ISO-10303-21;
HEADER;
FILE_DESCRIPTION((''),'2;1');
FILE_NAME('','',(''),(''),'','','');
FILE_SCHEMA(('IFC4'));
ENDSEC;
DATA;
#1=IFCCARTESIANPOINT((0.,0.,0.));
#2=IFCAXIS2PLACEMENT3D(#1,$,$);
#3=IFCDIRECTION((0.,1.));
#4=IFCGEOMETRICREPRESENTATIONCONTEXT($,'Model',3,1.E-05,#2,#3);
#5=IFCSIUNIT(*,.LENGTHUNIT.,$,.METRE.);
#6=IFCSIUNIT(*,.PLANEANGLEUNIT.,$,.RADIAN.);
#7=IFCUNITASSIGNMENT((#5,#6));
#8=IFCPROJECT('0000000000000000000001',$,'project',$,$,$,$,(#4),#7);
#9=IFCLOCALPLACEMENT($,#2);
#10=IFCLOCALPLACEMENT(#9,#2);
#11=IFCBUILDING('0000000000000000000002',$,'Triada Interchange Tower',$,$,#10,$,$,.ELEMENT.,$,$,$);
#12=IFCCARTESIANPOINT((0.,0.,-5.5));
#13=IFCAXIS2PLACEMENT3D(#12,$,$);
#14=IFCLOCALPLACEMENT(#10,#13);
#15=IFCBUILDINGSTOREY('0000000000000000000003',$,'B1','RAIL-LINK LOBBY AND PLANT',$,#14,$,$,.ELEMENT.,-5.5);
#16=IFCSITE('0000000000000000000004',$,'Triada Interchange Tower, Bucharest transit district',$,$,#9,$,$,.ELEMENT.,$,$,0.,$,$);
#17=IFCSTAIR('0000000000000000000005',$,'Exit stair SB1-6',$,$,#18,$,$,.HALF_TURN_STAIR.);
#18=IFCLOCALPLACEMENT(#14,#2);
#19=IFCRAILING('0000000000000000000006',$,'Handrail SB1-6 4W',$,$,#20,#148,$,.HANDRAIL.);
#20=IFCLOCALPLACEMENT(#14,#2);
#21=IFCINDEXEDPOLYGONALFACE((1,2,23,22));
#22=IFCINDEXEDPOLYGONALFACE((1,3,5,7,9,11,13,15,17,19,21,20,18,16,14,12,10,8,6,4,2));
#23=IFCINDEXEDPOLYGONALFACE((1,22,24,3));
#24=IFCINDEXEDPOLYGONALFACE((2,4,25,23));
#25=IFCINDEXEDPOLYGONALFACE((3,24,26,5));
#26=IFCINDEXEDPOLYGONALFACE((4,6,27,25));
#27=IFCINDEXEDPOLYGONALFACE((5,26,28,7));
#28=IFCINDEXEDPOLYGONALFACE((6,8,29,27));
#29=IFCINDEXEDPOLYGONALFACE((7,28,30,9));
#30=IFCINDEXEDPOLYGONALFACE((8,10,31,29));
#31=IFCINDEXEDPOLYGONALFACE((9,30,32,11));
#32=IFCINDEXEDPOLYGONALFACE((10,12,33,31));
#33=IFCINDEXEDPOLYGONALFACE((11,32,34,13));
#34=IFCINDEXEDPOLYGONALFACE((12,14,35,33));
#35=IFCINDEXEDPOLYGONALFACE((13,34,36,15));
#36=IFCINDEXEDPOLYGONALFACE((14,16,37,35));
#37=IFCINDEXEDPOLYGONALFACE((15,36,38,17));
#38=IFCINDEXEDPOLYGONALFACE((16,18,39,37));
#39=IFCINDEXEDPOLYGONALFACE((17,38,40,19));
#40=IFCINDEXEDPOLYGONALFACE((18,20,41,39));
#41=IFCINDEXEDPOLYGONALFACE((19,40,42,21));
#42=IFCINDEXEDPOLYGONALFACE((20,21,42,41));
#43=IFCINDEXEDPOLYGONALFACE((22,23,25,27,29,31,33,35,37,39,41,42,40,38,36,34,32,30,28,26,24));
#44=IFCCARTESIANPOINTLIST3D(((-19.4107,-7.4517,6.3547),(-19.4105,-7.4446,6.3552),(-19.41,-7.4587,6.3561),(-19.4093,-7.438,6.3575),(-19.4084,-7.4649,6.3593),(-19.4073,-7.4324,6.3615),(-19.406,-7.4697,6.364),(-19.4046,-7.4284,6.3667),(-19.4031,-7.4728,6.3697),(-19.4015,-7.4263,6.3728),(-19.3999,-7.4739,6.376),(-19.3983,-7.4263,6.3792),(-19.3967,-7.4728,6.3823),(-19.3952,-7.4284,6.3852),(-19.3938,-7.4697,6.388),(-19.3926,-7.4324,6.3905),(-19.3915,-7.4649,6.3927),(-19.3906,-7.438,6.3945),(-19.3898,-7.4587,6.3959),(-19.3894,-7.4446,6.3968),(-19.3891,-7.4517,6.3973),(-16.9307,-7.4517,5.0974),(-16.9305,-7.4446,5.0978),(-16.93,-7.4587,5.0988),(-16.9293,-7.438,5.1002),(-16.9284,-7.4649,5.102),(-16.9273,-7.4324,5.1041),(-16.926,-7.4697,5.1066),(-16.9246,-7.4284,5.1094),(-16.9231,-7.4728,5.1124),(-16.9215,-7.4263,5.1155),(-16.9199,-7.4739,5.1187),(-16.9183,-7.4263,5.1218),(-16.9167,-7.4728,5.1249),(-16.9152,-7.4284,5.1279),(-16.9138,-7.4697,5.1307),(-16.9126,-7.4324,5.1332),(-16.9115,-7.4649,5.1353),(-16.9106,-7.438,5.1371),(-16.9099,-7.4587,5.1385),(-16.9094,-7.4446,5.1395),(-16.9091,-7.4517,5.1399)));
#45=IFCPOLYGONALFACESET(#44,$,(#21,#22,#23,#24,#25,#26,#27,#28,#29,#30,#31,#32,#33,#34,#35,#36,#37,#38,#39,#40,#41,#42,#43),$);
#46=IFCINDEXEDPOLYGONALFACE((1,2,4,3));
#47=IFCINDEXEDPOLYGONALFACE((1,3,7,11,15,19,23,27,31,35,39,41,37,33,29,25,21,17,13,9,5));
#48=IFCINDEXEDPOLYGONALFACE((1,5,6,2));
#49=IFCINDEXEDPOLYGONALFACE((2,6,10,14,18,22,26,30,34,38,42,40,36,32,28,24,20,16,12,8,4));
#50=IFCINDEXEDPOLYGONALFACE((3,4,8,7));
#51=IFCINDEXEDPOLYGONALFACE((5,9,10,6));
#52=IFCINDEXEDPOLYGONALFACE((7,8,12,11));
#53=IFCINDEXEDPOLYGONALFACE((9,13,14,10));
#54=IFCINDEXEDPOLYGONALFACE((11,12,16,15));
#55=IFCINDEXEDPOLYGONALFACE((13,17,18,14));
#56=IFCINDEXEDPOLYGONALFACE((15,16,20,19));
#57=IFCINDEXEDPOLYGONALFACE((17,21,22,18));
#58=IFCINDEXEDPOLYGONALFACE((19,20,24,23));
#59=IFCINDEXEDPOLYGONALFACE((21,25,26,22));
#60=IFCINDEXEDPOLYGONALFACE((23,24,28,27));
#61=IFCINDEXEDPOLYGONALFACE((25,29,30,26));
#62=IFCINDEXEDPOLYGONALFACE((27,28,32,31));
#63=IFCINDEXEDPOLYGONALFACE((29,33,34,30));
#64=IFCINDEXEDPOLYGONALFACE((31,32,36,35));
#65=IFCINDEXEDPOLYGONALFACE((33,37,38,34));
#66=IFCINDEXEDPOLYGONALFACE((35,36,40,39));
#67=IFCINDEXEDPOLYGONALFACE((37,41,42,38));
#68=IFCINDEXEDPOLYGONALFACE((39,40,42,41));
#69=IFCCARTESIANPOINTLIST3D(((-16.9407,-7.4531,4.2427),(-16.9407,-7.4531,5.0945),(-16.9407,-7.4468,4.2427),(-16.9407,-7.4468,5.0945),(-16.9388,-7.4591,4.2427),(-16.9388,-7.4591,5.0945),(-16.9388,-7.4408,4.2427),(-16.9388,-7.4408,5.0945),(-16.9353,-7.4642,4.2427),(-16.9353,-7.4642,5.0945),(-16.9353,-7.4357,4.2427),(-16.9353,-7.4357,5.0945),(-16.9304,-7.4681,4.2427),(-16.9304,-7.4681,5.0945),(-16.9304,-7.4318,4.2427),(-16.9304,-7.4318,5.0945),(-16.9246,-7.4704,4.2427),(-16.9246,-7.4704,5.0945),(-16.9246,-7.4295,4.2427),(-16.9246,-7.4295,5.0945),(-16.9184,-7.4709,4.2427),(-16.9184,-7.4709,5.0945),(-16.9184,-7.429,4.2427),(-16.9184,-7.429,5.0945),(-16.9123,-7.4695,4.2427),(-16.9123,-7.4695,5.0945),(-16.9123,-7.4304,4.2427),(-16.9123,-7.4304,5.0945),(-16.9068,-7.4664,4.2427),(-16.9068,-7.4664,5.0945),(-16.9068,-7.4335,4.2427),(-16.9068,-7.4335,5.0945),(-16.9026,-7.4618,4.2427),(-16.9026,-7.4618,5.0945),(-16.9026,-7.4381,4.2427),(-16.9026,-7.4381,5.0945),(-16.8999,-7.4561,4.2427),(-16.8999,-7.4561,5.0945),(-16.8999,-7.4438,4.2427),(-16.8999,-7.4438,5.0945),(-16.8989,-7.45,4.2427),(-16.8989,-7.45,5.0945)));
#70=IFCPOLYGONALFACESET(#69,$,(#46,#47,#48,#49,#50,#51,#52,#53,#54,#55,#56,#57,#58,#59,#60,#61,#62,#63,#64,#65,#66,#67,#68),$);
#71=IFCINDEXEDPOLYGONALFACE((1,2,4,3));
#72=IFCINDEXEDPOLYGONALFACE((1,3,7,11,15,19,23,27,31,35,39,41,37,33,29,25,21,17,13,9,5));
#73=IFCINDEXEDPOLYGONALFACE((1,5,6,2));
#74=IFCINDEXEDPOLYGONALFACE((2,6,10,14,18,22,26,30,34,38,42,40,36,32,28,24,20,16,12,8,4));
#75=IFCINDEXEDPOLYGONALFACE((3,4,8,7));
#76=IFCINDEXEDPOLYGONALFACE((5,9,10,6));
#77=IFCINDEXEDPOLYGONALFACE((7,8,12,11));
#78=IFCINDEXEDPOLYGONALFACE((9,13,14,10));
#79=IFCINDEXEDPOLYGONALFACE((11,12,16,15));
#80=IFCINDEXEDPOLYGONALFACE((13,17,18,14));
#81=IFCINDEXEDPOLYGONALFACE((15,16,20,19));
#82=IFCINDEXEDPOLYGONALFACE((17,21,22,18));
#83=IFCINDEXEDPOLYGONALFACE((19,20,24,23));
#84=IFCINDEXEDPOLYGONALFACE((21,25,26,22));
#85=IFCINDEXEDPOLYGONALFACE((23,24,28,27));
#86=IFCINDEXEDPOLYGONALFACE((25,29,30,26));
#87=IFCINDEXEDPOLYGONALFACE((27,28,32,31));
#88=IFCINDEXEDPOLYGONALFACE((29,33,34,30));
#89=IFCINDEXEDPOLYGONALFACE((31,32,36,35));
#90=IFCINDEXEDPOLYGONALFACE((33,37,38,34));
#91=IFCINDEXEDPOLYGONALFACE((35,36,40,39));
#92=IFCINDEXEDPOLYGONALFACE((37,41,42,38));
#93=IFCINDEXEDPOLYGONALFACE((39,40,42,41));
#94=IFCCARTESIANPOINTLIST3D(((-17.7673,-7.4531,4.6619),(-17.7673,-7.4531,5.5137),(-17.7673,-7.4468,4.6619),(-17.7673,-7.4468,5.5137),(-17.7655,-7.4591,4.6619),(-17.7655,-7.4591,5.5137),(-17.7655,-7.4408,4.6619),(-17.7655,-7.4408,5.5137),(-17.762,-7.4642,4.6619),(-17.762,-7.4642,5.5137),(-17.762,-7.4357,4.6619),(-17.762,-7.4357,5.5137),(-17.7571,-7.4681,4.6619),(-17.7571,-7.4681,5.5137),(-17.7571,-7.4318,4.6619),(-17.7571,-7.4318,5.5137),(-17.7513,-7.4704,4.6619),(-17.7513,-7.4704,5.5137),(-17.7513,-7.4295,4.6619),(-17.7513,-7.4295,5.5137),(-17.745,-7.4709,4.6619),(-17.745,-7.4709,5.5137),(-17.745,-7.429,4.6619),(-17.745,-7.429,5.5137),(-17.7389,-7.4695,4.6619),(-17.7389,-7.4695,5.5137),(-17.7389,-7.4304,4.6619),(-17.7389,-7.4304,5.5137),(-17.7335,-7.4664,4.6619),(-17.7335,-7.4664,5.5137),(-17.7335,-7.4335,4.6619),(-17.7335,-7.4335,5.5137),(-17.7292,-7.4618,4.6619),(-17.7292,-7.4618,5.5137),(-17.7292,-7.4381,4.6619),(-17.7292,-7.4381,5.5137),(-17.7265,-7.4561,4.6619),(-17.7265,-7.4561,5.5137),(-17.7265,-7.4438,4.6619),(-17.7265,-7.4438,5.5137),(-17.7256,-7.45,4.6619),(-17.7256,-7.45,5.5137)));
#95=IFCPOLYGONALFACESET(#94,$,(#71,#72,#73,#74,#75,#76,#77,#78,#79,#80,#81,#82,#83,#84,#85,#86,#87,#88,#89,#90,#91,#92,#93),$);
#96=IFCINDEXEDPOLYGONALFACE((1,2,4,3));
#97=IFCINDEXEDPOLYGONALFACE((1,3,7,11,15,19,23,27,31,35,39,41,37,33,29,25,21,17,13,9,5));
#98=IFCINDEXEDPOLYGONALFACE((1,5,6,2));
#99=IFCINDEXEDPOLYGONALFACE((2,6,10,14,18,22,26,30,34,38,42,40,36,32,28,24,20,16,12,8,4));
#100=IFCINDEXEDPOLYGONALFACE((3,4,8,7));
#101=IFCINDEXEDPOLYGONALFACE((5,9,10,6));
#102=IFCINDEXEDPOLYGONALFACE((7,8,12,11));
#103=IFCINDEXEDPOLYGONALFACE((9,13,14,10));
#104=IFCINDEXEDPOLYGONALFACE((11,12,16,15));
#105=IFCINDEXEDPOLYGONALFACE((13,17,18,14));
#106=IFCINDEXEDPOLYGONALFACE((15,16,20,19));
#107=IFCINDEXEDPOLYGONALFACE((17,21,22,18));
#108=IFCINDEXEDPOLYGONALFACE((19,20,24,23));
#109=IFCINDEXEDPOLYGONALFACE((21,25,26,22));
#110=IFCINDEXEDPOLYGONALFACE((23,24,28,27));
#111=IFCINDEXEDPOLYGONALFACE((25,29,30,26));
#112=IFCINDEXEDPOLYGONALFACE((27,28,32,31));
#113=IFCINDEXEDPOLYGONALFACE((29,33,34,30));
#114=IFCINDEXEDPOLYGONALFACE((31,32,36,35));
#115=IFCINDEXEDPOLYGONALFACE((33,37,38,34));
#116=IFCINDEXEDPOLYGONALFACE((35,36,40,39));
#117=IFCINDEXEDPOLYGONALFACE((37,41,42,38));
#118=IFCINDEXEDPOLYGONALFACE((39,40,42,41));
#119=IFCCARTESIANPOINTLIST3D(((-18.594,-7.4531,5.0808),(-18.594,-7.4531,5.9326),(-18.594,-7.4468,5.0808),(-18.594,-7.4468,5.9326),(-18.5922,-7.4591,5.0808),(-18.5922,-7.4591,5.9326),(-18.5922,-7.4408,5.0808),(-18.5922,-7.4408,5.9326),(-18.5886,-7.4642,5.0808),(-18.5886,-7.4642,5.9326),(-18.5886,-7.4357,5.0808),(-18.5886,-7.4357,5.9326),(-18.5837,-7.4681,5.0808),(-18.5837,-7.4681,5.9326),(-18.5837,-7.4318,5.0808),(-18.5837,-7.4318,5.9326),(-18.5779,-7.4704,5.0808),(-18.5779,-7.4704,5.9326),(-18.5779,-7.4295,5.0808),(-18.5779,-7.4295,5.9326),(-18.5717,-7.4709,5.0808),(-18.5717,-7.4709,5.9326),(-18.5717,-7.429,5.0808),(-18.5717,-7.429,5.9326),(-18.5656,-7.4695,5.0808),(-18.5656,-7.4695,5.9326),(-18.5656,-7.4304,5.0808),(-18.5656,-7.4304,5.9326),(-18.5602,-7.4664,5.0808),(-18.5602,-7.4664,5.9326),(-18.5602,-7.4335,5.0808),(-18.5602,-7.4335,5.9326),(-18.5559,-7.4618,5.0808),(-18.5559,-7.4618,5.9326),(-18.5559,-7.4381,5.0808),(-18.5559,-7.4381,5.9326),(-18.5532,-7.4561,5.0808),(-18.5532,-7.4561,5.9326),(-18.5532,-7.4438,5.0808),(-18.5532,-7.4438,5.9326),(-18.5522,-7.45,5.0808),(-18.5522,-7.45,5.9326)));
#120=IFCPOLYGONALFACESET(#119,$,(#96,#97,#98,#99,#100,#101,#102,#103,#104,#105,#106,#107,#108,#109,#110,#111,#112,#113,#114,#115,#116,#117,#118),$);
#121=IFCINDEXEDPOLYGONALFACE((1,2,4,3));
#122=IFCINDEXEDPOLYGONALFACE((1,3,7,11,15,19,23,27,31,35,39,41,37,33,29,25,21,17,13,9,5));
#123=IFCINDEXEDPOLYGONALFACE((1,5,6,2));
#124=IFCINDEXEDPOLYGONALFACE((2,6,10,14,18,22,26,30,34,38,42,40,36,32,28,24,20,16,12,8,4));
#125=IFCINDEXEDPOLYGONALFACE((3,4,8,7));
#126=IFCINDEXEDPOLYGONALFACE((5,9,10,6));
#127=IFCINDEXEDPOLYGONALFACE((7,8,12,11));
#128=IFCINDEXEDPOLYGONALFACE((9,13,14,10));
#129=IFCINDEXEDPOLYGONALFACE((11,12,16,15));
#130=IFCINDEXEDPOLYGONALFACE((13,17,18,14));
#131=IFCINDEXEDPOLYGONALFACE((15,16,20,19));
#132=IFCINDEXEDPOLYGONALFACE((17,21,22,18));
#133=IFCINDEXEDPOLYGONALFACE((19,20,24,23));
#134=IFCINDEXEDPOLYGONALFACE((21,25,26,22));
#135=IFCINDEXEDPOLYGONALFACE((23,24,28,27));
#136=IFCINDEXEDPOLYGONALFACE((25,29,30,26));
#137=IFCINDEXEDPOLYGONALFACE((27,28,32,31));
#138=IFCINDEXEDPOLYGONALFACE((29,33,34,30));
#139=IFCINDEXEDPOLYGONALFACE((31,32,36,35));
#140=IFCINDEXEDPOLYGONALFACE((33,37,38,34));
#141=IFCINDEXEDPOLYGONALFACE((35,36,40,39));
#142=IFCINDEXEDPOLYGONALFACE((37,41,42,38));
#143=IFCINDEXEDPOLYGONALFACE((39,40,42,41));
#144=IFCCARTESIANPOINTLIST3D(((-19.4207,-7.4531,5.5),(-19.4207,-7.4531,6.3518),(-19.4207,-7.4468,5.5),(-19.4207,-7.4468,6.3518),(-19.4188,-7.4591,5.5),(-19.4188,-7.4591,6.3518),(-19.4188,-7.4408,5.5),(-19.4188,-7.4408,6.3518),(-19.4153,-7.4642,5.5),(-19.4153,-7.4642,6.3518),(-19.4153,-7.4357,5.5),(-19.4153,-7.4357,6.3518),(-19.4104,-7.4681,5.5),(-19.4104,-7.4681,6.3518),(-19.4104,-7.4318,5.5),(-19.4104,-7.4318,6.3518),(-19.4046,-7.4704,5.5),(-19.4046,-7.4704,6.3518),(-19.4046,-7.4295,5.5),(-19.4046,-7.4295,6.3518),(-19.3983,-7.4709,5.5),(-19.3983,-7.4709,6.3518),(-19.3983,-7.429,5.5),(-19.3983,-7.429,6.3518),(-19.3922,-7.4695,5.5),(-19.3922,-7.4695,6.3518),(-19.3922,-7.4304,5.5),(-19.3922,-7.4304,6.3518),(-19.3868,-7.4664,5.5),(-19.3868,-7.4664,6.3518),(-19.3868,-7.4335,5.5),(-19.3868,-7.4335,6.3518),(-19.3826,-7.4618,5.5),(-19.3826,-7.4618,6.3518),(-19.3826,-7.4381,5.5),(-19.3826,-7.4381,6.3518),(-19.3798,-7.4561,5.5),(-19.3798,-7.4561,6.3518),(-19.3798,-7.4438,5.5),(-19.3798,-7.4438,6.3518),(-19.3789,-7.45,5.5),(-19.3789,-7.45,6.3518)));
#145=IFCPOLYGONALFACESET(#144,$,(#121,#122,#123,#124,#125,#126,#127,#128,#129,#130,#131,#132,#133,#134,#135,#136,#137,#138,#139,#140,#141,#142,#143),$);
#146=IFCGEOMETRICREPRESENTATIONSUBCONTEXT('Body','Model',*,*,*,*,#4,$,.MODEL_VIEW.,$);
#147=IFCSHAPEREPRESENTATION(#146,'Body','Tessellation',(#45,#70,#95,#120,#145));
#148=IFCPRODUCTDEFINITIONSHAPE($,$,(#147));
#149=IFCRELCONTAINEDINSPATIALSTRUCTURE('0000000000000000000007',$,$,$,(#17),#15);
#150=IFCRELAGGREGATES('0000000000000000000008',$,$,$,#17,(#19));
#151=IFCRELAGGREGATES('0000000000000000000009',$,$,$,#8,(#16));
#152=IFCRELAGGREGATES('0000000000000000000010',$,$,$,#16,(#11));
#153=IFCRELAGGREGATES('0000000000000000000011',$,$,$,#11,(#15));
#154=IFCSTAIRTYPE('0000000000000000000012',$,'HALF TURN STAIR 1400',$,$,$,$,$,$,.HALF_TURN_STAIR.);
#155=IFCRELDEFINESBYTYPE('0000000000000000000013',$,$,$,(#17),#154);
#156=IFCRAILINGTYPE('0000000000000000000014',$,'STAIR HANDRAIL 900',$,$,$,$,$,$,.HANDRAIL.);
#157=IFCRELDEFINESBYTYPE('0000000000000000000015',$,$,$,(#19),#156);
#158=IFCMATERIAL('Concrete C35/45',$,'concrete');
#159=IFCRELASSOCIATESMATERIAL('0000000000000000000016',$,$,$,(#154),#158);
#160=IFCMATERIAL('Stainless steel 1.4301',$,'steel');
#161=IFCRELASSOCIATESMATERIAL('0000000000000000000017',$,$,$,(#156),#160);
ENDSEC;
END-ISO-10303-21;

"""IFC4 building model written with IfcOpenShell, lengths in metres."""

from ifc_helpers import new_model, si_unit, direction, frame, origin, origin_2d, place, context, subcontext, project, spatial, circle, extrude, material, type_object, element, aggregate, save


model = new_model("IFC4")

# Units and contexts
model_context = context("Model", 3, precision=1e-05, world=origin(), true_north=direction((0.0, 1.0)))
body_context = subcontext(model_context, "Body", "Model", "MODEL_VIEW")
ifc_project = project(units=[si_unit("LENGTHUNIT", "METRE"), si_unit("PLANEANGLEUNIT", "RADIAN")], contexts=[model_context])

# Site, building, storey
site_placement = place(None, origin())
site = spatial("IfcSite", under=ifc_project, at=site_placement, Name="Triada Interchange Tower, Bucharest transit district", CompositionType="ELEMENT", RefElevation=0.0)
building_placement = place(site_placement, origin())
building = spatial("IfcBuilding", under=site, at=building_placement, Name="Triada Interchange Tower", CompositionType="ELEMENT")
storey_placement = place(building_placement, frame((0.0, 0.0, -5.5)))
storey = spatial("IfcBuildingStorey", under=building, at=storey_placement, Name="B1", Description="RAIL-LINK LOBBY AND PLANT", CompositionType="ELEMENT", Elevation=-5.5)

# Stair, railing
ifc_material_1 = material(Name="Concrete C35/45", Category="concrete")
stair_type = type_object("IfcStairType", Name="HALF TURN STAIR 1400", PredefinedType="HALF_TURN_STAIR", material=ifc_material_1)
stair_placement = place(storey_placement, origin())
stair = element("IfcStair", 1, at=stair_placement, inside=storey, type_object=stair_type, Name="Exit stair SB1-6", PredefinedType="HALF_TURN_STAIR")
ifc_material_2 = material(Name="Stainless steel 1.4301", Category="steel")
railing_type = type_object("IfcRailingType", Name="STAIR HANDRAIL 900", PredefinedType="HANDRAIL", material=ifc_material_2)
railing_1_placement = place(storey_placement, frame((-16.9199, -7.45, 4.2427)))
railing_1 = element("IfcRailing", 2, at=railing_1_placement, type_object=railing_type, Name="Handrail SB1-6 4W", PredefinedType="HANDRAIL", context=body_context, shape_type="SweptSolid", body=[
    extrude(circle(Radius=0.0239, at=origin_2d()), frame((0.0, 0.0, 0.876), z_axis=(-0.89192, 0.0, 0.452194), x_axis=(0.0, -1.0, 0.0)), (0.0, 0.0, 1.0), 2.7805),
    extrude(circle(Radius=0.021, at=origin_2d()), origin(), (0.0, 0.0, 1.0), 0.8518),
    extrude(circle(Radius=0.021, at=origin_2d()), frame((-0.8267, 0.0, 0.4192)), (0.0, 0.0, 1.0), 0.8518),
    extrude(circle(Radius=0.021, at=origin_2d()), frame((-1.6533, 0.0, 0.8381)), (0.0, 0.0, 1.0), 0.8518),
    extrude(circle(Radius=0.021, at=origin_2d()), frame((-2.48, 0.0, 1.2573)), (0.0, 0.0, 1.0), 0.8518),
])
aggregate(stair, [railing_1])

save(model, "model.ifc")
